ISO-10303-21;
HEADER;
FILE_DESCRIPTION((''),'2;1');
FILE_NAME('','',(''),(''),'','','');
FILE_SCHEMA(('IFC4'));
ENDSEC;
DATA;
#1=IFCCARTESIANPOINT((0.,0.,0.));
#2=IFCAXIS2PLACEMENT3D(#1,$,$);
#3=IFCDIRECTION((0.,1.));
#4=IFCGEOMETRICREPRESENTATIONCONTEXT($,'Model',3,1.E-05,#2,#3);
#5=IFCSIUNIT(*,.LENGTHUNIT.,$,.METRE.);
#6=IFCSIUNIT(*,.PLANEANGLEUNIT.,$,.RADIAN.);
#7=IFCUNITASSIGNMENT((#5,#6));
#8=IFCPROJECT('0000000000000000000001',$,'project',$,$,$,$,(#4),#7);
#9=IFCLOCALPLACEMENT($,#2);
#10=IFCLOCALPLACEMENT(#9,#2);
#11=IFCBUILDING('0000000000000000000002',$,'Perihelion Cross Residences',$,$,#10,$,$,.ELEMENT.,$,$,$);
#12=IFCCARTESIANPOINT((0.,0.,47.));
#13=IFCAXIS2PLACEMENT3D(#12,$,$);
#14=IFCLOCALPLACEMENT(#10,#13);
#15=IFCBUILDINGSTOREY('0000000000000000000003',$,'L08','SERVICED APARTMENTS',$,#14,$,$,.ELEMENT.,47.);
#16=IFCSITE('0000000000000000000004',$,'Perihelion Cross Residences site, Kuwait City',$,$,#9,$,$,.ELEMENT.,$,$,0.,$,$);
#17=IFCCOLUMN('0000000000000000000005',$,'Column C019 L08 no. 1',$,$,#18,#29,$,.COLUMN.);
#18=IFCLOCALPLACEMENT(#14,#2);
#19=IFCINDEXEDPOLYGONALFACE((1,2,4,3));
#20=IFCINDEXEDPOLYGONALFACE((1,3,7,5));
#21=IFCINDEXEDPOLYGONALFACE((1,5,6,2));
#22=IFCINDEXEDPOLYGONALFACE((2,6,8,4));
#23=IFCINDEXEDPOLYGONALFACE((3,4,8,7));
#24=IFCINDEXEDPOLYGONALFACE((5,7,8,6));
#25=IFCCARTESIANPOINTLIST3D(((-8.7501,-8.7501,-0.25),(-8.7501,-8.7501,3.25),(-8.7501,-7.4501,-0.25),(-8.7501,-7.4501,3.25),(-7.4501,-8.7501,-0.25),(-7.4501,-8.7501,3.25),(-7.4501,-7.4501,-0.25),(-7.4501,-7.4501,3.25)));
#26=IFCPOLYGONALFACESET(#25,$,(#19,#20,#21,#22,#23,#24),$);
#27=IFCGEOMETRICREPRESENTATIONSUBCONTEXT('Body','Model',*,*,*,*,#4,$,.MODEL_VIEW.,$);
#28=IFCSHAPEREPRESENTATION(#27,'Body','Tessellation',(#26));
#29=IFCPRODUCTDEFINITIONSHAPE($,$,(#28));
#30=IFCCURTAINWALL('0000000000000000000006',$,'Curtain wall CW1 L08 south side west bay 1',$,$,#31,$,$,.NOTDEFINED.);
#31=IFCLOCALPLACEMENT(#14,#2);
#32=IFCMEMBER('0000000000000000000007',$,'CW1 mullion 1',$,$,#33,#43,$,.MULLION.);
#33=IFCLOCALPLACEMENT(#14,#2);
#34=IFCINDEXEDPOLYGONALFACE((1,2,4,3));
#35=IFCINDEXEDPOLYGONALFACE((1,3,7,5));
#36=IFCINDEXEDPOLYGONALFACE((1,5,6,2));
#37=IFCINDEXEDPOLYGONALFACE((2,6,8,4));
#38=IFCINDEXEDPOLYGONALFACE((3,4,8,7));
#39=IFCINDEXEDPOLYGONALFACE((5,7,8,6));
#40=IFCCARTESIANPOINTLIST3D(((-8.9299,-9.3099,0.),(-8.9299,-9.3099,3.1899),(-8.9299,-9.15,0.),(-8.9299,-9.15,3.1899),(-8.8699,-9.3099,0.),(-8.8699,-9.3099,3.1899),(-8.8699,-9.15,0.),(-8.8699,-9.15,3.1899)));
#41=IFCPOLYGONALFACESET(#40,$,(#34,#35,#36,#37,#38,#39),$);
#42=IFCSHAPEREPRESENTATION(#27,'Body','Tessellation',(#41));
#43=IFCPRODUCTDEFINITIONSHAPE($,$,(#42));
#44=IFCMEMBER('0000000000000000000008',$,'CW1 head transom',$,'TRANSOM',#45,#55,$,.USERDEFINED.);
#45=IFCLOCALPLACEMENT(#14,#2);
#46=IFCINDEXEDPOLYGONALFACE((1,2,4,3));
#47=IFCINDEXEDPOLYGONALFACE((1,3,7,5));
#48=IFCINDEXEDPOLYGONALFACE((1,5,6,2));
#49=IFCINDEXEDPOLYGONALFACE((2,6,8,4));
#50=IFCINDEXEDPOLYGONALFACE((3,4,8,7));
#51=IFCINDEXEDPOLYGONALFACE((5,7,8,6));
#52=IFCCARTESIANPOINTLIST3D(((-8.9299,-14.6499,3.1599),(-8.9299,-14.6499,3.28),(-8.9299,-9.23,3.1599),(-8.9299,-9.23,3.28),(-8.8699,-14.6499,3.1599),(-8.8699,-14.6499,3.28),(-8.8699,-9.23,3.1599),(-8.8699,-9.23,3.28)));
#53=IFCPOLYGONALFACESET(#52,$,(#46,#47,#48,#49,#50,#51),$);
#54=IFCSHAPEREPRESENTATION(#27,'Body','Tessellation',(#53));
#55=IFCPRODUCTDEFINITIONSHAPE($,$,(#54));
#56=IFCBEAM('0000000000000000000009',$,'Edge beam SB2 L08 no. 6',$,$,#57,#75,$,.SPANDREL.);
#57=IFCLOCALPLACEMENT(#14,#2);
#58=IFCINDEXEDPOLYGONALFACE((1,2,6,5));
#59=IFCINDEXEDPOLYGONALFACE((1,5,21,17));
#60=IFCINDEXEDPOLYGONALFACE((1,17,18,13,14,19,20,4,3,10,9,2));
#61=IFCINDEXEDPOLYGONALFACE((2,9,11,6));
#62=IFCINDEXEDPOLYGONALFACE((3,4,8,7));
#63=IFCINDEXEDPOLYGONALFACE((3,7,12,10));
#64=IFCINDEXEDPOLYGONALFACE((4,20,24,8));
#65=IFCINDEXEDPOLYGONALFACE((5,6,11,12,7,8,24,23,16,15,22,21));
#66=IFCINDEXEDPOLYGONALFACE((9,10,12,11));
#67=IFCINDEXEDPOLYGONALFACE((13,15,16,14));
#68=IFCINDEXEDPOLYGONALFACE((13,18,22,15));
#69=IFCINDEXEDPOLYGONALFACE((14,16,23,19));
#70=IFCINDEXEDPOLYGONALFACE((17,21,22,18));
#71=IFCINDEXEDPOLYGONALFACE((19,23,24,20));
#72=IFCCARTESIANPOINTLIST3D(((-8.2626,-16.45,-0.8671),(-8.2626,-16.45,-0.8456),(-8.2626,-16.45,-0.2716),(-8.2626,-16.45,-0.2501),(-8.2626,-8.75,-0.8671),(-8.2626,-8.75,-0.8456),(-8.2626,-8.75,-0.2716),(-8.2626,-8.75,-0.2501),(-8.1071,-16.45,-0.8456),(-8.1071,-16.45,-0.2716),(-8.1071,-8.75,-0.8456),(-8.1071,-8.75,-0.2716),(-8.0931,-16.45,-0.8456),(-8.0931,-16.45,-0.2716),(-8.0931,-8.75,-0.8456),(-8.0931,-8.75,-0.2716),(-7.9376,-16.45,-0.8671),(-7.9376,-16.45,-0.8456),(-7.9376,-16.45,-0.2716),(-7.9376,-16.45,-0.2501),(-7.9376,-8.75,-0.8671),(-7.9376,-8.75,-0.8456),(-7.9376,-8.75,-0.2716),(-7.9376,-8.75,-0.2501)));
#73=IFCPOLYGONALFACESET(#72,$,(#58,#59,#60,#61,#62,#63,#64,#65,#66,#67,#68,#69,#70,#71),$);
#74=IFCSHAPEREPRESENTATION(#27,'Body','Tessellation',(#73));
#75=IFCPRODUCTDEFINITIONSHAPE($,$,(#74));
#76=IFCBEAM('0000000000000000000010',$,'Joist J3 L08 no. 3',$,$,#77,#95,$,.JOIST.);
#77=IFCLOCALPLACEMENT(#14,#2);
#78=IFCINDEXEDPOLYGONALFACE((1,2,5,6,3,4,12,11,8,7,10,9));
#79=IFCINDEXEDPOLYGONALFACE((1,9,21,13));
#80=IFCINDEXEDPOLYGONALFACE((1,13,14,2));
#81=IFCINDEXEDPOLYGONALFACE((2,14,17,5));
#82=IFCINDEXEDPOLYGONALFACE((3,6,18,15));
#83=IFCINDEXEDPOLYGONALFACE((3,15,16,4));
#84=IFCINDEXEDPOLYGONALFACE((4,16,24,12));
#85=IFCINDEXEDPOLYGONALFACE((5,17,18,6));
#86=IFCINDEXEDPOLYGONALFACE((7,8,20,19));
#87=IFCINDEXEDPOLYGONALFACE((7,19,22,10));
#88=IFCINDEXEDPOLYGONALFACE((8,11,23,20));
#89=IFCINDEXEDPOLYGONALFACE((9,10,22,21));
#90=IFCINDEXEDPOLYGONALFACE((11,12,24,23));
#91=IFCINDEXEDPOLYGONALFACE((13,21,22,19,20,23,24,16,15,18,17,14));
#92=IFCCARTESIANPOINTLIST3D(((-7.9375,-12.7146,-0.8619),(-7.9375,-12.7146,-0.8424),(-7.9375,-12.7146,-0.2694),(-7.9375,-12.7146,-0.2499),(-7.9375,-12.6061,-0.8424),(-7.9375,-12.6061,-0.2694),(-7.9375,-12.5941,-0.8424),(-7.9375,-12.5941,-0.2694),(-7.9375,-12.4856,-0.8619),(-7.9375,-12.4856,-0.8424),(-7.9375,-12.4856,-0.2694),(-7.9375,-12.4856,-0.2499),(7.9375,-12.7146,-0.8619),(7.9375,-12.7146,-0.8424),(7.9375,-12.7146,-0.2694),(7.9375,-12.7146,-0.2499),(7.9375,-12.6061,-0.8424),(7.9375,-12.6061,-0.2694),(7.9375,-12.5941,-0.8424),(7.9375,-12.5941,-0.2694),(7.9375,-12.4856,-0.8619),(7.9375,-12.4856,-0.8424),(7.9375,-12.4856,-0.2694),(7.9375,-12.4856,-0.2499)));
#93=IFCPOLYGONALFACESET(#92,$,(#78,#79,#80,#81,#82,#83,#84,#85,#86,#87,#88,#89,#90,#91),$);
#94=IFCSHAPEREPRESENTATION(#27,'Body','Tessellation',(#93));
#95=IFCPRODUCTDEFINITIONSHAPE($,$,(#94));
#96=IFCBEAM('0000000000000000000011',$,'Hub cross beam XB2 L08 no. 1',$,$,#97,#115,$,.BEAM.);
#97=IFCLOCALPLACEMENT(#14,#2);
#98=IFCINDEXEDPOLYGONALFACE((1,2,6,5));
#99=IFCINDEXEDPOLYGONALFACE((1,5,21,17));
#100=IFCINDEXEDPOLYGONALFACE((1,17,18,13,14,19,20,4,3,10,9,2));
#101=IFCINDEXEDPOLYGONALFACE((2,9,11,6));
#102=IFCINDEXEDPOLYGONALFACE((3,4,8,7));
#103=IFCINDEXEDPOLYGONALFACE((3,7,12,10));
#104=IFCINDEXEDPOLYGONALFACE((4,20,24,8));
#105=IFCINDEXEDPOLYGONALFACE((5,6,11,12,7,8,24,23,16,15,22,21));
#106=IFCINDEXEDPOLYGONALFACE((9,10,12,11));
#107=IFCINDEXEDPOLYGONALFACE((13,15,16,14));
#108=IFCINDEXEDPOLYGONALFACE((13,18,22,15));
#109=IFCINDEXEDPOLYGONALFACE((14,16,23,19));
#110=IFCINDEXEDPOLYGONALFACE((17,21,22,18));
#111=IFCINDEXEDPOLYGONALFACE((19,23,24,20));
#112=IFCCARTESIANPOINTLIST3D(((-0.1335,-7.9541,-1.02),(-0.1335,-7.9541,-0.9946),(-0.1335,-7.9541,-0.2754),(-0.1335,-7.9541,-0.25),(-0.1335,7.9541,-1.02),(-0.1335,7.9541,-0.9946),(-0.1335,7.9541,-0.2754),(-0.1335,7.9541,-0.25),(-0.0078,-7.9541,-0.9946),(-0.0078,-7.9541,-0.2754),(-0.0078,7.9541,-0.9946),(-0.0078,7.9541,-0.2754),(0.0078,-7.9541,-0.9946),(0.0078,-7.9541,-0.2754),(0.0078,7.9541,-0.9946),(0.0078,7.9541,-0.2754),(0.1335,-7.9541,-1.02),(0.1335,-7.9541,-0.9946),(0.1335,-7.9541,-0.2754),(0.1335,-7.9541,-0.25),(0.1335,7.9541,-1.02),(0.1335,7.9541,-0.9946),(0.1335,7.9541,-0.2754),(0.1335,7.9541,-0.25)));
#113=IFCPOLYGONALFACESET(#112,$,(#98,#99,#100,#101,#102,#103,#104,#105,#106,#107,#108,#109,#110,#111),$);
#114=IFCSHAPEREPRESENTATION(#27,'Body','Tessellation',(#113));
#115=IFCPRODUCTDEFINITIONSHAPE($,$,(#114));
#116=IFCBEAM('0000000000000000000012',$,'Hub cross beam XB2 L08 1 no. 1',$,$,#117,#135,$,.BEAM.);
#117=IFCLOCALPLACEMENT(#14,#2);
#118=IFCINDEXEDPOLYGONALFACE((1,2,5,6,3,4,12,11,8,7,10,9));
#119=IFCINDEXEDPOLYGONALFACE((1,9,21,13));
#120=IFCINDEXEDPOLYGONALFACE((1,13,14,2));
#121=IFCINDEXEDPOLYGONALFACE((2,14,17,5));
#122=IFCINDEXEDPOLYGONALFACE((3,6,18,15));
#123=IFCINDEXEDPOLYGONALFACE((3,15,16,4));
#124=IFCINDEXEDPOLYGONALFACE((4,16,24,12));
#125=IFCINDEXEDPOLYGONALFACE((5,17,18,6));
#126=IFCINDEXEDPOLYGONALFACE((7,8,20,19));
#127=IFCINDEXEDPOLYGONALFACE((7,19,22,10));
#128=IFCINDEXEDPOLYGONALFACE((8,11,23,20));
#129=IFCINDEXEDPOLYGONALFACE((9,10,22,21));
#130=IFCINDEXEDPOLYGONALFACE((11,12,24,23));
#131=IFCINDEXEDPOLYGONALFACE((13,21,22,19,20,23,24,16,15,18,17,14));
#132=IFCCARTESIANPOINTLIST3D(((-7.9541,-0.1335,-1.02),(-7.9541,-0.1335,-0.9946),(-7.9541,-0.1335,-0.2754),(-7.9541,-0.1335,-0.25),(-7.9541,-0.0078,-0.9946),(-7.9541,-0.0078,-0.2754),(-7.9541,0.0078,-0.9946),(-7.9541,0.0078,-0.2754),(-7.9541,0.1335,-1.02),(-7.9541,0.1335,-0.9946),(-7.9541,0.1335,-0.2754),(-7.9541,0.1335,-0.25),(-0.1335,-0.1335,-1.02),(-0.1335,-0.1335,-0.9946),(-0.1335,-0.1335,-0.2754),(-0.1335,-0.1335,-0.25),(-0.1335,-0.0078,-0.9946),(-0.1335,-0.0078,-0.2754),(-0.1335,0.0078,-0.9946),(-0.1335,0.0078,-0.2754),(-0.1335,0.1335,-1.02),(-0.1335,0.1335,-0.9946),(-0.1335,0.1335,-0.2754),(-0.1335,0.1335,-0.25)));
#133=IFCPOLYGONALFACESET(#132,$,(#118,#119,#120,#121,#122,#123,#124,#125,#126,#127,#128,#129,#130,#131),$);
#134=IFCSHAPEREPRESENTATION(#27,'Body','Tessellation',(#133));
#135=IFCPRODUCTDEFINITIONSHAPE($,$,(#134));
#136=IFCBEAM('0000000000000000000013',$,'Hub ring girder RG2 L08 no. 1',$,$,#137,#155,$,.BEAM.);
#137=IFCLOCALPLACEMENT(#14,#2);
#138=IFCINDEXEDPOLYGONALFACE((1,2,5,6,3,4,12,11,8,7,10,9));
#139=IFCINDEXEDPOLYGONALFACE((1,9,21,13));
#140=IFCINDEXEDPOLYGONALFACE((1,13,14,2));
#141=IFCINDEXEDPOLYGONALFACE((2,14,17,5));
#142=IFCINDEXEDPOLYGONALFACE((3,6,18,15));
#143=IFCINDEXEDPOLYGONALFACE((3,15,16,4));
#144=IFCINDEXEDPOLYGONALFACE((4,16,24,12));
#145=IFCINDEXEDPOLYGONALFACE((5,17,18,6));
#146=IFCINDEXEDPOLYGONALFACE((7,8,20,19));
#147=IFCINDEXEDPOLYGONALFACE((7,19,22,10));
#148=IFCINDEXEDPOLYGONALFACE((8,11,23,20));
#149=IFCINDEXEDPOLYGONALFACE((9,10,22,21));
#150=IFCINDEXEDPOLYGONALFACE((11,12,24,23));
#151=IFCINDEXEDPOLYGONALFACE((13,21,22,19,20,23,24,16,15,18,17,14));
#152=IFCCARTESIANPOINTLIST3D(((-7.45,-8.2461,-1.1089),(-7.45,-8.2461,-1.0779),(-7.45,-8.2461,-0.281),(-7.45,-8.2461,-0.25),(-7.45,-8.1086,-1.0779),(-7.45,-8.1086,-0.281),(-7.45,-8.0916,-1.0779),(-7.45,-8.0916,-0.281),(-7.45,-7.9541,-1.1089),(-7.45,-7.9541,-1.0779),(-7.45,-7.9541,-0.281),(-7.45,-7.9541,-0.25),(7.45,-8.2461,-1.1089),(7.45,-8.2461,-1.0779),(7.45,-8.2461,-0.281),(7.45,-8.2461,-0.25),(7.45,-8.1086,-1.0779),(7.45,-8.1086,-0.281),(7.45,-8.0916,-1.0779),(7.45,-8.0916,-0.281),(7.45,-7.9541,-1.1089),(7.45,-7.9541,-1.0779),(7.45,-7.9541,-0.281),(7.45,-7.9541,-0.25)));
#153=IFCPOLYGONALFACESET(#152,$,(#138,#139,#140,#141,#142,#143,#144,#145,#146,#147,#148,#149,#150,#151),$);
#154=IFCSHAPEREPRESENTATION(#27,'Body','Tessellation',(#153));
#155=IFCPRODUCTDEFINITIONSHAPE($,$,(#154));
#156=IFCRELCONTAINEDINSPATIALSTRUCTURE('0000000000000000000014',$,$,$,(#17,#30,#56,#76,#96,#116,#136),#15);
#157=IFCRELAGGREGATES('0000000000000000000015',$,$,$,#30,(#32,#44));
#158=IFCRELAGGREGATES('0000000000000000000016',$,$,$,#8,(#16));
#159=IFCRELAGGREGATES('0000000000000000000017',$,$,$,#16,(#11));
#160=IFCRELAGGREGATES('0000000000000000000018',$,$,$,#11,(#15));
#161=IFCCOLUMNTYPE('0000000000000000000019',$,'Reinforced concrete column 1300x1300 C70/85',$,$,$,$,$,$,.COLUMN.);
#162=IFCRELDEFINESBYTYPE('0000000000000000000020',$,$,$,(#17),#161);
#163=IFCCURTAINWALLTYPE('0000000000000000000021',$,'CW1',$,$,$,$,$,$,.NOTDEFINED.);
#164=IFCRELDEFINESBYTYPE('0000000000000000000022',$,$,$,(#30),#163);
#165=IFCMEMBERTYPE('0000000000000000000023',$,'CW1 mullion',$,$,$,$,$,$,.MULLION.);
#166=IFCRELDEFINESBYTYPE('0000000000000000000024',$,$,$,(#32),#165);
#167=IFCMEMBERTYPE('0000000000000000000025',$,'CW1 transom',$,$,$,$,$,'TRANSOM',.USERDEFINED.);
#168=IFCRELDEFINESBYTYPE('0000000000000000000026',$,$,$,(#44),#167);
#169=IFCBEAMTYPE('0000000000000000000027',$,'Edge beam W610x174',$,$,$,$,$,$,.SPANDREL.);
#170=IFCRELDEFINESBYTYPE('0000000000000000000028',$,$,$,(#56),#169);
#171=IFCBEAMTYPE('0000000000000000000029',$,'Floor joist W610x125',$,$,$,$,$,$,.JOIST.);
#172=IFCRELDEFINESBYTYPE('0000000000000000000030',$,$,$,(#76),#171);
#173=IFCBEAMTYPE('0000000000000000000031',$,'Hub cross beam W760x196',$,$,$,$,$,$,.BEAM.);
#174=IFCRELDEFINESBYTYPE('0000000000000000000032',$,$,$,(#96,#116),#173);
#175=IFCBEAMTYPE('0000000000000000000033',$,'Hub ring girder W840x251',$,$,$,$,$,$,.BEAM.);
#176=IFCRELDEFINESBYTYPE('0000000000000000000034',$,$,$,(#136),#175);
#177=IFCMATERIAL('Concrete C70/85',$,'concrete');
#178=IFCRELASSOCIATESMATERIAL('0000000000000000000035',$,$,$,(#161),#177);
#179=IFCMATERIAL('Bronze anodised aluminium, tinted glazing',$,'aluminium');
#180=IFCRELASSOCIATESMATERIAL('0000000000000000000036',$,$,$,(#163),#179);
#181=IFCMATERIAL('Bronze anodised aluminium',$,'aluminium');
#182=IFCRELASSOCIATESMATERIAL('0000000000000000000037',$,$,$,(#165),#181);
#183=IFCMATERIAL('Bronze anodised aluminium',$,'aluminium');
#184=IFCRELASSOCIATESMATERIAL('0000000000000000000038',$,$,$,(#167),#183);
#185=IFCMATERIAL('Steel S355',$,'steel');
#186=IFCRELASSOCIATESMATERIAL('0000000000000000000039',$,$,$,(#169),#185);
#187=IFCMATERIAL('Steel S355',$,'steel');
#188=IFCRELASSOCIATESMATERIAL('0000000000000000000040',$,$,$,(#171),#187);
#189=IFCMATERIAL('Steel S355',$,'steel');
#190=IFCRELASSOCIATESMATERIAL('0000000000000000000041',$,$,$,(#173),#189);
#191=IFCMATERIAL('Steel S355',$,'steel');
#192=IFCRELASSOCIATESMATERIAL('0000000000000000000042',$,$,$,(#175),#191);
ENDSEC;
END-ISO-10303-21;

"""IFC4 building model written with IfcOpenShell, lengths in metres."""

from ifc_helpers import new_model, si_unit, direction, frame, origin, origin_2d, place, context, subcontext, project, spatial, rectangle, i_section, extrude, material, material_profile, profile_set, type_object, element, aggregate, save


model = new_model("IFC4")

# Units and contexts
model_context = context("Model", 3, precision=1e-05, world=origin(), true_north=direction((0.0, 1.0)))
body_context = subcontext(model_context, "Body", "Model", "MODEL_VIEW")
ifc_project = project(units=[si_unit("LENGTHUNIT", "METRE"), si_unit("PLANEANGLEUNIT", "RADIAN")], contexts=[model_context])

# Site, building, storey
site_placement = place(None, origin())
site = spatial("IfcSite", under=ifc_project, at=site_placement, Name="Perihelion Cross Residences site, Kuwait City", CompositionType="ELEMENT", RefElevation=0.0)
building_placement = place(site_placement, origin())
building = spatial("IfcBuilding", under=site, at=building_placement, Name="Perihelion Cross Residences", CompositionType="ELEMENT")
storey_placement = place(building_placement, frame((0.0, 0.0, 47.0)))
storey = spatial("IfcBuildingStorey", under=building, at=storey_placement, Name="L08", Description="SERVICED APARTMENTS", CompositionType="ELEMENT", Elevation=47.0)

# Column
ifc_material_1 = material(Name="Concrete C70/85", Category="concrete")
ifc_material_profile_1 = material_profile(ifc_material_1, rectangle(XDim=1.3, YDim=1.3, at=origin_2d()), Name="RC 1300x1300")
ifc_profile_set_1 = profile_set([ifc_material_profile_1], Name="Concrete C70/85")
column_type = type_object("IfcColumnType", Name="Reinforced concrete column 1300x1300 C70/85", PredefinedType="COLUMN", material=ifc_profile_set_1)
column_placement = place(storey_placement, frame((-8.1001, -8.1001, -0.25), z_axis=(0.0, 0.0, 1.0), x_axis=(1.0, 0.0, 0.0)))
element("IfcColumn", 1, at=column_placement, inside=storey, type_object=column_type, Name="Column C019 L08 no. 1", PredefinedType="COLUMN", context=body_context, shape_type="SweptSolid", body=[
    extrude(rectangle(XDim=1.3, YDim=1.3, at=origin_2d()), origin(), (0.0, 0.0, 1.0), 3.5),
])

# Curtain wall, members
ifc_material_2 = material(Name="Bronze anodised aluminium, tinted glazing", Category="aluminium")
curtain_wall_type = type_object("IfcCurtainWallType", Name="CW1", PredefinedType="NOTDEFINED", material=ifc_material_2)
curtain_wall_placement = place(storey_placement, origin())
curtain_wall = element("IfcCurtainWall", 2, at=curtain_wall_placement, inside=storey, type_object=curtain_wall_type, Name="Curtain wall CW1 L08 south side west bay 1", PredefinedType="NOTDEFINED")
ifc_material_3 = material(Name="Bronze anodised aluminium", Category="aluminium")
ifc_material_profile_2 = material_profile(ifc_material_3, rectangle(XDim=0.0601, YDim=0.1599, at=origin_2d()), Name="CW1 mullion")
ifc_profile_set_2 = profile_set([ifc_material_profile_2], Name="Bronze anodised aluminium")
member_type_1 = type_object("IfcMemberType", Name="CW1 mullion", PredefinedType="MULLION", material=ifc_profile_set_2)
member_1_placement = place(storey_placement, frame((-8.8999, -9.23, 0.0), z_axis=(0.0, 0.0, 1.0), x_axis=(1.0, 0.0, 0.0)))
member_1 = element("IfcMember", 3, at=member_1_placement, type_object=member_type_1, Name="CW1 mullion 1", PredefinedType="MULLION", context=body_context, shape_type="SweptSolid", body=[
    extrude(rectangle(XDim=0.0601, YDim=0.1599, at=origin_2d()), origin(), (0.0, 0.0, 1.0), 3.1899),
])
ifc_material_4 = material(Name="Bronze anodised aluminium", Category="aluminium")
ifc_material_profile_3 = material_profile(ifc_material_4, rectangle(XDim=0.0601, YDim=0.1201, at=origin_2d()), Name="CW1 transom")
ifc_profile_set_3 = profile_set([ifc_material_profile_3], Name="Bronze anodised aluminium")
member_type_2 = type_object("IfcMemberType", Name="CW1 transom", ElementType="TRANSOM", PredefinedType="USERDEFINED", material=ifc_profile_set_3)
member_2_placement = place(storey_placement, frame((-8.8999, -9.23, 3.22), z_axis=(0.0, -1.0, 0.0), x_axis=(1.0, 0.0, 0.0)))
member_2 = element("IfcMember", 4, at=member_2_placement, type_object=member_type_2, Name="CW1 head transom", ObjectType="TRANSOM", PredefinedType="USERDEFINED", context=body_context, shape_type="SweptSolid", body=[
    extrude(rectangle(XDim=0.0601, YDim=0.1201, at=origin_2d()), origin(), (0.0, 0.0, 1.0), 5.4199),
])

# Beams
ifc_material_5 = material(Name="Steel S355", Category="steel")
ifc_material_profile_4 = material_profile(ifc_material_5, i_section(OverallWidth=0.325, OverallDepth=0.6169, WebThickness=0.0139, FlangeThickness=0.0215, at=origin_2d()), Name="W610x174")
ifc_profile_set_4 = profile_set([ifc_material_profile_4], Name="Steel S355")
beam_type_1 = type_object("IfcBeamType", Name="Edge beam W610x174", PredefinedType="SPANDREL", material=ifc_profile_set_4)
beam_1_placement = place(storey_placement, frame((-8.1001, -8.75, -0.5586), z_axis=(0.0, -1.0, 0.0), x_axis=(1.0, 0.0, 0.0)))
element("IfcBeam", 5, at=beam_1_placement, inside=storey, type_object=beam_type_1, Name="Edge beam SB2 L08 no. 6", PredefinedType="SPANDREL", context=body_context, shape_type="SweptSolid", body=[
    extrude(i_section(OverallWidth=0.325, OverallDepth=0.6169, WebThickness=0.0139, FlangeThickness=0.0215, at=origin_2d()), origin(), (0.0, 0.0, 1.0), 7.7),
])
ifc_material_6 = material(Name="Steel S355", Category="steel")
ifc_material_profile_5 = material_profile(ifc_material_6, i_section(OverallWidth=0.229, OverallDepth=0.6121, WebThickness=0.012, FlangeThickness=0.0195, at=origin_2d()), Name="W610x125")
ifc_profile_set_5 = profile_set([ifc_material_profile_5], Name="Steel S355")
beam_type_2 = type_object("IfcBeamType", Name="Floor joist W610x125", PredefinedType="JOIST", material=ifc_profile_set_5)
beam_2_placement = place(storey_placement, frame((-7.9375, -12.6001, -0.5559), z_axis=(1.0, 0.0, 0.0), x_axis=(0.0, 1.0, 0.0)))
element("IfcBeam", 6, at=beam_2_placement, inside=storey, type_object=beam_type_2, Name="Joist J3 L08 no. 3", PredefinedType="JOIST", context=body_context, shape_type="SweptSolid", body=[
    extrude(i_section(OverallWidth=0.229, OverallDepth=0.6121, WebThickness=0.012, FlangeThickness=0.0195, at=origin_2d()), origin(), (0.0, 0.0, 1.0), 15.875),
])
ifc_material_7 = material(Name="Steel S355", Category="steel")
ifc_material_profile_6 = material_profile(ifc_material_7, i_section(OverallWidth=0.2671, OverallDepth=0.77, WebThickness=0.0156, FlangeThickness=0.0254, at=origin_2d()), Name="W760x196")
ifc_profile_set_6 = profile_set([ifc_material_profile_6], Name="Steel S355")
beam_type_3 = type_object("IfcBeamType", Name="Hub cross beam W760x196", PredefinedType="BEAM", material=ifc_profile_set_6)
beam_3_placement = place(storey_placement, frame((0.0, -7.9541, -0.635), z_axis=(0.0, 1.0, 0.0), x_axis=(-1.0, 0.0, 0.0)))
element("IfcBeam", 7, at=beam_3_placement, inside=storey, type_object=beam_type_3, Name="Hub cross beam XB2 L08 no. 1", PredefinedType="BEAM", context=body_context, shape_type="SweptSolid", body=[
    extrude(i_section(OverallWidth=0.2671, OverallDepth=0.77, WebThickness=0.0156, FlangeThickness=0.0254, at=origin_2d()), origin(), (0.0, 0.0, 1.0), 15.9082),
])
beam_4_placement = place(storey_placement, frame((-7.9541, 0.0, -0.635), z_axis=(1.0, 0.0, 0.0), x_axis=(0.0, 1.0, 0.0)))
element("IfcBeam", 8, at=beam_4_placement, inside=storey, type_object=beam_type_3, Name="Hub cross beam XB2 L08 1 no. 1", PredefinedType="BEAM", context=body_context, shape_type="SweptSolid", body=[
    extrude(i_section(OverallWidth=0.2671, OverallDepth=0.77, WebThickness=0.0156, FlangeThickness=0.0254, at=origin_2d()), origin(), (0.0, 0.0, 1.0), 7.8206),
])
ifc_material_8 = material(Name="Steel S355", Category="steel")
ifc_material_profile_7 = material_profile(ifc_material_8, i_section(OverallWidth=0.292, OverallDepth=0.8589, WebThickness=0.0171, FlangeThickness=0.031, at=origin_2d()), Name="W840x251")
ifc_profile_set_7 = profile_set([ifc_material_profile_7], Name="Steel S355")
beam_type_4 = type_object("IfcBeamType", Name="Hub ring girder W840x251", PredefinedType="BEAM", material=ifc_profile_set_7)
beam_5_placement = place(storey_placement, frame((-7.45, -8.1001, -0.6794), z_axis=(1.0, 0.0, 0.0), x_axis=(0.0, 1.0, 0.0)))
element("IfcBeam", 9, at=beam_5_placement, inside=storey, type_object=beam_type_4, Name="Hub ring girder RG2 L08 no. 1", PredefinedType="BEAM", context=body_context, shape_type="SweptSolid", body=[
    extrude(i_section(OverallWidth=0.292, OverallDepth=0.8589, WebThickness=0.0171, FlangeThickness=0.031, at=origin_2d()), origin(), (0.0, 0.0, 1.0), 14.8999),
])

aggregate(curtain_wall, [member_1, member_2])

save(model, "model.ifc")
